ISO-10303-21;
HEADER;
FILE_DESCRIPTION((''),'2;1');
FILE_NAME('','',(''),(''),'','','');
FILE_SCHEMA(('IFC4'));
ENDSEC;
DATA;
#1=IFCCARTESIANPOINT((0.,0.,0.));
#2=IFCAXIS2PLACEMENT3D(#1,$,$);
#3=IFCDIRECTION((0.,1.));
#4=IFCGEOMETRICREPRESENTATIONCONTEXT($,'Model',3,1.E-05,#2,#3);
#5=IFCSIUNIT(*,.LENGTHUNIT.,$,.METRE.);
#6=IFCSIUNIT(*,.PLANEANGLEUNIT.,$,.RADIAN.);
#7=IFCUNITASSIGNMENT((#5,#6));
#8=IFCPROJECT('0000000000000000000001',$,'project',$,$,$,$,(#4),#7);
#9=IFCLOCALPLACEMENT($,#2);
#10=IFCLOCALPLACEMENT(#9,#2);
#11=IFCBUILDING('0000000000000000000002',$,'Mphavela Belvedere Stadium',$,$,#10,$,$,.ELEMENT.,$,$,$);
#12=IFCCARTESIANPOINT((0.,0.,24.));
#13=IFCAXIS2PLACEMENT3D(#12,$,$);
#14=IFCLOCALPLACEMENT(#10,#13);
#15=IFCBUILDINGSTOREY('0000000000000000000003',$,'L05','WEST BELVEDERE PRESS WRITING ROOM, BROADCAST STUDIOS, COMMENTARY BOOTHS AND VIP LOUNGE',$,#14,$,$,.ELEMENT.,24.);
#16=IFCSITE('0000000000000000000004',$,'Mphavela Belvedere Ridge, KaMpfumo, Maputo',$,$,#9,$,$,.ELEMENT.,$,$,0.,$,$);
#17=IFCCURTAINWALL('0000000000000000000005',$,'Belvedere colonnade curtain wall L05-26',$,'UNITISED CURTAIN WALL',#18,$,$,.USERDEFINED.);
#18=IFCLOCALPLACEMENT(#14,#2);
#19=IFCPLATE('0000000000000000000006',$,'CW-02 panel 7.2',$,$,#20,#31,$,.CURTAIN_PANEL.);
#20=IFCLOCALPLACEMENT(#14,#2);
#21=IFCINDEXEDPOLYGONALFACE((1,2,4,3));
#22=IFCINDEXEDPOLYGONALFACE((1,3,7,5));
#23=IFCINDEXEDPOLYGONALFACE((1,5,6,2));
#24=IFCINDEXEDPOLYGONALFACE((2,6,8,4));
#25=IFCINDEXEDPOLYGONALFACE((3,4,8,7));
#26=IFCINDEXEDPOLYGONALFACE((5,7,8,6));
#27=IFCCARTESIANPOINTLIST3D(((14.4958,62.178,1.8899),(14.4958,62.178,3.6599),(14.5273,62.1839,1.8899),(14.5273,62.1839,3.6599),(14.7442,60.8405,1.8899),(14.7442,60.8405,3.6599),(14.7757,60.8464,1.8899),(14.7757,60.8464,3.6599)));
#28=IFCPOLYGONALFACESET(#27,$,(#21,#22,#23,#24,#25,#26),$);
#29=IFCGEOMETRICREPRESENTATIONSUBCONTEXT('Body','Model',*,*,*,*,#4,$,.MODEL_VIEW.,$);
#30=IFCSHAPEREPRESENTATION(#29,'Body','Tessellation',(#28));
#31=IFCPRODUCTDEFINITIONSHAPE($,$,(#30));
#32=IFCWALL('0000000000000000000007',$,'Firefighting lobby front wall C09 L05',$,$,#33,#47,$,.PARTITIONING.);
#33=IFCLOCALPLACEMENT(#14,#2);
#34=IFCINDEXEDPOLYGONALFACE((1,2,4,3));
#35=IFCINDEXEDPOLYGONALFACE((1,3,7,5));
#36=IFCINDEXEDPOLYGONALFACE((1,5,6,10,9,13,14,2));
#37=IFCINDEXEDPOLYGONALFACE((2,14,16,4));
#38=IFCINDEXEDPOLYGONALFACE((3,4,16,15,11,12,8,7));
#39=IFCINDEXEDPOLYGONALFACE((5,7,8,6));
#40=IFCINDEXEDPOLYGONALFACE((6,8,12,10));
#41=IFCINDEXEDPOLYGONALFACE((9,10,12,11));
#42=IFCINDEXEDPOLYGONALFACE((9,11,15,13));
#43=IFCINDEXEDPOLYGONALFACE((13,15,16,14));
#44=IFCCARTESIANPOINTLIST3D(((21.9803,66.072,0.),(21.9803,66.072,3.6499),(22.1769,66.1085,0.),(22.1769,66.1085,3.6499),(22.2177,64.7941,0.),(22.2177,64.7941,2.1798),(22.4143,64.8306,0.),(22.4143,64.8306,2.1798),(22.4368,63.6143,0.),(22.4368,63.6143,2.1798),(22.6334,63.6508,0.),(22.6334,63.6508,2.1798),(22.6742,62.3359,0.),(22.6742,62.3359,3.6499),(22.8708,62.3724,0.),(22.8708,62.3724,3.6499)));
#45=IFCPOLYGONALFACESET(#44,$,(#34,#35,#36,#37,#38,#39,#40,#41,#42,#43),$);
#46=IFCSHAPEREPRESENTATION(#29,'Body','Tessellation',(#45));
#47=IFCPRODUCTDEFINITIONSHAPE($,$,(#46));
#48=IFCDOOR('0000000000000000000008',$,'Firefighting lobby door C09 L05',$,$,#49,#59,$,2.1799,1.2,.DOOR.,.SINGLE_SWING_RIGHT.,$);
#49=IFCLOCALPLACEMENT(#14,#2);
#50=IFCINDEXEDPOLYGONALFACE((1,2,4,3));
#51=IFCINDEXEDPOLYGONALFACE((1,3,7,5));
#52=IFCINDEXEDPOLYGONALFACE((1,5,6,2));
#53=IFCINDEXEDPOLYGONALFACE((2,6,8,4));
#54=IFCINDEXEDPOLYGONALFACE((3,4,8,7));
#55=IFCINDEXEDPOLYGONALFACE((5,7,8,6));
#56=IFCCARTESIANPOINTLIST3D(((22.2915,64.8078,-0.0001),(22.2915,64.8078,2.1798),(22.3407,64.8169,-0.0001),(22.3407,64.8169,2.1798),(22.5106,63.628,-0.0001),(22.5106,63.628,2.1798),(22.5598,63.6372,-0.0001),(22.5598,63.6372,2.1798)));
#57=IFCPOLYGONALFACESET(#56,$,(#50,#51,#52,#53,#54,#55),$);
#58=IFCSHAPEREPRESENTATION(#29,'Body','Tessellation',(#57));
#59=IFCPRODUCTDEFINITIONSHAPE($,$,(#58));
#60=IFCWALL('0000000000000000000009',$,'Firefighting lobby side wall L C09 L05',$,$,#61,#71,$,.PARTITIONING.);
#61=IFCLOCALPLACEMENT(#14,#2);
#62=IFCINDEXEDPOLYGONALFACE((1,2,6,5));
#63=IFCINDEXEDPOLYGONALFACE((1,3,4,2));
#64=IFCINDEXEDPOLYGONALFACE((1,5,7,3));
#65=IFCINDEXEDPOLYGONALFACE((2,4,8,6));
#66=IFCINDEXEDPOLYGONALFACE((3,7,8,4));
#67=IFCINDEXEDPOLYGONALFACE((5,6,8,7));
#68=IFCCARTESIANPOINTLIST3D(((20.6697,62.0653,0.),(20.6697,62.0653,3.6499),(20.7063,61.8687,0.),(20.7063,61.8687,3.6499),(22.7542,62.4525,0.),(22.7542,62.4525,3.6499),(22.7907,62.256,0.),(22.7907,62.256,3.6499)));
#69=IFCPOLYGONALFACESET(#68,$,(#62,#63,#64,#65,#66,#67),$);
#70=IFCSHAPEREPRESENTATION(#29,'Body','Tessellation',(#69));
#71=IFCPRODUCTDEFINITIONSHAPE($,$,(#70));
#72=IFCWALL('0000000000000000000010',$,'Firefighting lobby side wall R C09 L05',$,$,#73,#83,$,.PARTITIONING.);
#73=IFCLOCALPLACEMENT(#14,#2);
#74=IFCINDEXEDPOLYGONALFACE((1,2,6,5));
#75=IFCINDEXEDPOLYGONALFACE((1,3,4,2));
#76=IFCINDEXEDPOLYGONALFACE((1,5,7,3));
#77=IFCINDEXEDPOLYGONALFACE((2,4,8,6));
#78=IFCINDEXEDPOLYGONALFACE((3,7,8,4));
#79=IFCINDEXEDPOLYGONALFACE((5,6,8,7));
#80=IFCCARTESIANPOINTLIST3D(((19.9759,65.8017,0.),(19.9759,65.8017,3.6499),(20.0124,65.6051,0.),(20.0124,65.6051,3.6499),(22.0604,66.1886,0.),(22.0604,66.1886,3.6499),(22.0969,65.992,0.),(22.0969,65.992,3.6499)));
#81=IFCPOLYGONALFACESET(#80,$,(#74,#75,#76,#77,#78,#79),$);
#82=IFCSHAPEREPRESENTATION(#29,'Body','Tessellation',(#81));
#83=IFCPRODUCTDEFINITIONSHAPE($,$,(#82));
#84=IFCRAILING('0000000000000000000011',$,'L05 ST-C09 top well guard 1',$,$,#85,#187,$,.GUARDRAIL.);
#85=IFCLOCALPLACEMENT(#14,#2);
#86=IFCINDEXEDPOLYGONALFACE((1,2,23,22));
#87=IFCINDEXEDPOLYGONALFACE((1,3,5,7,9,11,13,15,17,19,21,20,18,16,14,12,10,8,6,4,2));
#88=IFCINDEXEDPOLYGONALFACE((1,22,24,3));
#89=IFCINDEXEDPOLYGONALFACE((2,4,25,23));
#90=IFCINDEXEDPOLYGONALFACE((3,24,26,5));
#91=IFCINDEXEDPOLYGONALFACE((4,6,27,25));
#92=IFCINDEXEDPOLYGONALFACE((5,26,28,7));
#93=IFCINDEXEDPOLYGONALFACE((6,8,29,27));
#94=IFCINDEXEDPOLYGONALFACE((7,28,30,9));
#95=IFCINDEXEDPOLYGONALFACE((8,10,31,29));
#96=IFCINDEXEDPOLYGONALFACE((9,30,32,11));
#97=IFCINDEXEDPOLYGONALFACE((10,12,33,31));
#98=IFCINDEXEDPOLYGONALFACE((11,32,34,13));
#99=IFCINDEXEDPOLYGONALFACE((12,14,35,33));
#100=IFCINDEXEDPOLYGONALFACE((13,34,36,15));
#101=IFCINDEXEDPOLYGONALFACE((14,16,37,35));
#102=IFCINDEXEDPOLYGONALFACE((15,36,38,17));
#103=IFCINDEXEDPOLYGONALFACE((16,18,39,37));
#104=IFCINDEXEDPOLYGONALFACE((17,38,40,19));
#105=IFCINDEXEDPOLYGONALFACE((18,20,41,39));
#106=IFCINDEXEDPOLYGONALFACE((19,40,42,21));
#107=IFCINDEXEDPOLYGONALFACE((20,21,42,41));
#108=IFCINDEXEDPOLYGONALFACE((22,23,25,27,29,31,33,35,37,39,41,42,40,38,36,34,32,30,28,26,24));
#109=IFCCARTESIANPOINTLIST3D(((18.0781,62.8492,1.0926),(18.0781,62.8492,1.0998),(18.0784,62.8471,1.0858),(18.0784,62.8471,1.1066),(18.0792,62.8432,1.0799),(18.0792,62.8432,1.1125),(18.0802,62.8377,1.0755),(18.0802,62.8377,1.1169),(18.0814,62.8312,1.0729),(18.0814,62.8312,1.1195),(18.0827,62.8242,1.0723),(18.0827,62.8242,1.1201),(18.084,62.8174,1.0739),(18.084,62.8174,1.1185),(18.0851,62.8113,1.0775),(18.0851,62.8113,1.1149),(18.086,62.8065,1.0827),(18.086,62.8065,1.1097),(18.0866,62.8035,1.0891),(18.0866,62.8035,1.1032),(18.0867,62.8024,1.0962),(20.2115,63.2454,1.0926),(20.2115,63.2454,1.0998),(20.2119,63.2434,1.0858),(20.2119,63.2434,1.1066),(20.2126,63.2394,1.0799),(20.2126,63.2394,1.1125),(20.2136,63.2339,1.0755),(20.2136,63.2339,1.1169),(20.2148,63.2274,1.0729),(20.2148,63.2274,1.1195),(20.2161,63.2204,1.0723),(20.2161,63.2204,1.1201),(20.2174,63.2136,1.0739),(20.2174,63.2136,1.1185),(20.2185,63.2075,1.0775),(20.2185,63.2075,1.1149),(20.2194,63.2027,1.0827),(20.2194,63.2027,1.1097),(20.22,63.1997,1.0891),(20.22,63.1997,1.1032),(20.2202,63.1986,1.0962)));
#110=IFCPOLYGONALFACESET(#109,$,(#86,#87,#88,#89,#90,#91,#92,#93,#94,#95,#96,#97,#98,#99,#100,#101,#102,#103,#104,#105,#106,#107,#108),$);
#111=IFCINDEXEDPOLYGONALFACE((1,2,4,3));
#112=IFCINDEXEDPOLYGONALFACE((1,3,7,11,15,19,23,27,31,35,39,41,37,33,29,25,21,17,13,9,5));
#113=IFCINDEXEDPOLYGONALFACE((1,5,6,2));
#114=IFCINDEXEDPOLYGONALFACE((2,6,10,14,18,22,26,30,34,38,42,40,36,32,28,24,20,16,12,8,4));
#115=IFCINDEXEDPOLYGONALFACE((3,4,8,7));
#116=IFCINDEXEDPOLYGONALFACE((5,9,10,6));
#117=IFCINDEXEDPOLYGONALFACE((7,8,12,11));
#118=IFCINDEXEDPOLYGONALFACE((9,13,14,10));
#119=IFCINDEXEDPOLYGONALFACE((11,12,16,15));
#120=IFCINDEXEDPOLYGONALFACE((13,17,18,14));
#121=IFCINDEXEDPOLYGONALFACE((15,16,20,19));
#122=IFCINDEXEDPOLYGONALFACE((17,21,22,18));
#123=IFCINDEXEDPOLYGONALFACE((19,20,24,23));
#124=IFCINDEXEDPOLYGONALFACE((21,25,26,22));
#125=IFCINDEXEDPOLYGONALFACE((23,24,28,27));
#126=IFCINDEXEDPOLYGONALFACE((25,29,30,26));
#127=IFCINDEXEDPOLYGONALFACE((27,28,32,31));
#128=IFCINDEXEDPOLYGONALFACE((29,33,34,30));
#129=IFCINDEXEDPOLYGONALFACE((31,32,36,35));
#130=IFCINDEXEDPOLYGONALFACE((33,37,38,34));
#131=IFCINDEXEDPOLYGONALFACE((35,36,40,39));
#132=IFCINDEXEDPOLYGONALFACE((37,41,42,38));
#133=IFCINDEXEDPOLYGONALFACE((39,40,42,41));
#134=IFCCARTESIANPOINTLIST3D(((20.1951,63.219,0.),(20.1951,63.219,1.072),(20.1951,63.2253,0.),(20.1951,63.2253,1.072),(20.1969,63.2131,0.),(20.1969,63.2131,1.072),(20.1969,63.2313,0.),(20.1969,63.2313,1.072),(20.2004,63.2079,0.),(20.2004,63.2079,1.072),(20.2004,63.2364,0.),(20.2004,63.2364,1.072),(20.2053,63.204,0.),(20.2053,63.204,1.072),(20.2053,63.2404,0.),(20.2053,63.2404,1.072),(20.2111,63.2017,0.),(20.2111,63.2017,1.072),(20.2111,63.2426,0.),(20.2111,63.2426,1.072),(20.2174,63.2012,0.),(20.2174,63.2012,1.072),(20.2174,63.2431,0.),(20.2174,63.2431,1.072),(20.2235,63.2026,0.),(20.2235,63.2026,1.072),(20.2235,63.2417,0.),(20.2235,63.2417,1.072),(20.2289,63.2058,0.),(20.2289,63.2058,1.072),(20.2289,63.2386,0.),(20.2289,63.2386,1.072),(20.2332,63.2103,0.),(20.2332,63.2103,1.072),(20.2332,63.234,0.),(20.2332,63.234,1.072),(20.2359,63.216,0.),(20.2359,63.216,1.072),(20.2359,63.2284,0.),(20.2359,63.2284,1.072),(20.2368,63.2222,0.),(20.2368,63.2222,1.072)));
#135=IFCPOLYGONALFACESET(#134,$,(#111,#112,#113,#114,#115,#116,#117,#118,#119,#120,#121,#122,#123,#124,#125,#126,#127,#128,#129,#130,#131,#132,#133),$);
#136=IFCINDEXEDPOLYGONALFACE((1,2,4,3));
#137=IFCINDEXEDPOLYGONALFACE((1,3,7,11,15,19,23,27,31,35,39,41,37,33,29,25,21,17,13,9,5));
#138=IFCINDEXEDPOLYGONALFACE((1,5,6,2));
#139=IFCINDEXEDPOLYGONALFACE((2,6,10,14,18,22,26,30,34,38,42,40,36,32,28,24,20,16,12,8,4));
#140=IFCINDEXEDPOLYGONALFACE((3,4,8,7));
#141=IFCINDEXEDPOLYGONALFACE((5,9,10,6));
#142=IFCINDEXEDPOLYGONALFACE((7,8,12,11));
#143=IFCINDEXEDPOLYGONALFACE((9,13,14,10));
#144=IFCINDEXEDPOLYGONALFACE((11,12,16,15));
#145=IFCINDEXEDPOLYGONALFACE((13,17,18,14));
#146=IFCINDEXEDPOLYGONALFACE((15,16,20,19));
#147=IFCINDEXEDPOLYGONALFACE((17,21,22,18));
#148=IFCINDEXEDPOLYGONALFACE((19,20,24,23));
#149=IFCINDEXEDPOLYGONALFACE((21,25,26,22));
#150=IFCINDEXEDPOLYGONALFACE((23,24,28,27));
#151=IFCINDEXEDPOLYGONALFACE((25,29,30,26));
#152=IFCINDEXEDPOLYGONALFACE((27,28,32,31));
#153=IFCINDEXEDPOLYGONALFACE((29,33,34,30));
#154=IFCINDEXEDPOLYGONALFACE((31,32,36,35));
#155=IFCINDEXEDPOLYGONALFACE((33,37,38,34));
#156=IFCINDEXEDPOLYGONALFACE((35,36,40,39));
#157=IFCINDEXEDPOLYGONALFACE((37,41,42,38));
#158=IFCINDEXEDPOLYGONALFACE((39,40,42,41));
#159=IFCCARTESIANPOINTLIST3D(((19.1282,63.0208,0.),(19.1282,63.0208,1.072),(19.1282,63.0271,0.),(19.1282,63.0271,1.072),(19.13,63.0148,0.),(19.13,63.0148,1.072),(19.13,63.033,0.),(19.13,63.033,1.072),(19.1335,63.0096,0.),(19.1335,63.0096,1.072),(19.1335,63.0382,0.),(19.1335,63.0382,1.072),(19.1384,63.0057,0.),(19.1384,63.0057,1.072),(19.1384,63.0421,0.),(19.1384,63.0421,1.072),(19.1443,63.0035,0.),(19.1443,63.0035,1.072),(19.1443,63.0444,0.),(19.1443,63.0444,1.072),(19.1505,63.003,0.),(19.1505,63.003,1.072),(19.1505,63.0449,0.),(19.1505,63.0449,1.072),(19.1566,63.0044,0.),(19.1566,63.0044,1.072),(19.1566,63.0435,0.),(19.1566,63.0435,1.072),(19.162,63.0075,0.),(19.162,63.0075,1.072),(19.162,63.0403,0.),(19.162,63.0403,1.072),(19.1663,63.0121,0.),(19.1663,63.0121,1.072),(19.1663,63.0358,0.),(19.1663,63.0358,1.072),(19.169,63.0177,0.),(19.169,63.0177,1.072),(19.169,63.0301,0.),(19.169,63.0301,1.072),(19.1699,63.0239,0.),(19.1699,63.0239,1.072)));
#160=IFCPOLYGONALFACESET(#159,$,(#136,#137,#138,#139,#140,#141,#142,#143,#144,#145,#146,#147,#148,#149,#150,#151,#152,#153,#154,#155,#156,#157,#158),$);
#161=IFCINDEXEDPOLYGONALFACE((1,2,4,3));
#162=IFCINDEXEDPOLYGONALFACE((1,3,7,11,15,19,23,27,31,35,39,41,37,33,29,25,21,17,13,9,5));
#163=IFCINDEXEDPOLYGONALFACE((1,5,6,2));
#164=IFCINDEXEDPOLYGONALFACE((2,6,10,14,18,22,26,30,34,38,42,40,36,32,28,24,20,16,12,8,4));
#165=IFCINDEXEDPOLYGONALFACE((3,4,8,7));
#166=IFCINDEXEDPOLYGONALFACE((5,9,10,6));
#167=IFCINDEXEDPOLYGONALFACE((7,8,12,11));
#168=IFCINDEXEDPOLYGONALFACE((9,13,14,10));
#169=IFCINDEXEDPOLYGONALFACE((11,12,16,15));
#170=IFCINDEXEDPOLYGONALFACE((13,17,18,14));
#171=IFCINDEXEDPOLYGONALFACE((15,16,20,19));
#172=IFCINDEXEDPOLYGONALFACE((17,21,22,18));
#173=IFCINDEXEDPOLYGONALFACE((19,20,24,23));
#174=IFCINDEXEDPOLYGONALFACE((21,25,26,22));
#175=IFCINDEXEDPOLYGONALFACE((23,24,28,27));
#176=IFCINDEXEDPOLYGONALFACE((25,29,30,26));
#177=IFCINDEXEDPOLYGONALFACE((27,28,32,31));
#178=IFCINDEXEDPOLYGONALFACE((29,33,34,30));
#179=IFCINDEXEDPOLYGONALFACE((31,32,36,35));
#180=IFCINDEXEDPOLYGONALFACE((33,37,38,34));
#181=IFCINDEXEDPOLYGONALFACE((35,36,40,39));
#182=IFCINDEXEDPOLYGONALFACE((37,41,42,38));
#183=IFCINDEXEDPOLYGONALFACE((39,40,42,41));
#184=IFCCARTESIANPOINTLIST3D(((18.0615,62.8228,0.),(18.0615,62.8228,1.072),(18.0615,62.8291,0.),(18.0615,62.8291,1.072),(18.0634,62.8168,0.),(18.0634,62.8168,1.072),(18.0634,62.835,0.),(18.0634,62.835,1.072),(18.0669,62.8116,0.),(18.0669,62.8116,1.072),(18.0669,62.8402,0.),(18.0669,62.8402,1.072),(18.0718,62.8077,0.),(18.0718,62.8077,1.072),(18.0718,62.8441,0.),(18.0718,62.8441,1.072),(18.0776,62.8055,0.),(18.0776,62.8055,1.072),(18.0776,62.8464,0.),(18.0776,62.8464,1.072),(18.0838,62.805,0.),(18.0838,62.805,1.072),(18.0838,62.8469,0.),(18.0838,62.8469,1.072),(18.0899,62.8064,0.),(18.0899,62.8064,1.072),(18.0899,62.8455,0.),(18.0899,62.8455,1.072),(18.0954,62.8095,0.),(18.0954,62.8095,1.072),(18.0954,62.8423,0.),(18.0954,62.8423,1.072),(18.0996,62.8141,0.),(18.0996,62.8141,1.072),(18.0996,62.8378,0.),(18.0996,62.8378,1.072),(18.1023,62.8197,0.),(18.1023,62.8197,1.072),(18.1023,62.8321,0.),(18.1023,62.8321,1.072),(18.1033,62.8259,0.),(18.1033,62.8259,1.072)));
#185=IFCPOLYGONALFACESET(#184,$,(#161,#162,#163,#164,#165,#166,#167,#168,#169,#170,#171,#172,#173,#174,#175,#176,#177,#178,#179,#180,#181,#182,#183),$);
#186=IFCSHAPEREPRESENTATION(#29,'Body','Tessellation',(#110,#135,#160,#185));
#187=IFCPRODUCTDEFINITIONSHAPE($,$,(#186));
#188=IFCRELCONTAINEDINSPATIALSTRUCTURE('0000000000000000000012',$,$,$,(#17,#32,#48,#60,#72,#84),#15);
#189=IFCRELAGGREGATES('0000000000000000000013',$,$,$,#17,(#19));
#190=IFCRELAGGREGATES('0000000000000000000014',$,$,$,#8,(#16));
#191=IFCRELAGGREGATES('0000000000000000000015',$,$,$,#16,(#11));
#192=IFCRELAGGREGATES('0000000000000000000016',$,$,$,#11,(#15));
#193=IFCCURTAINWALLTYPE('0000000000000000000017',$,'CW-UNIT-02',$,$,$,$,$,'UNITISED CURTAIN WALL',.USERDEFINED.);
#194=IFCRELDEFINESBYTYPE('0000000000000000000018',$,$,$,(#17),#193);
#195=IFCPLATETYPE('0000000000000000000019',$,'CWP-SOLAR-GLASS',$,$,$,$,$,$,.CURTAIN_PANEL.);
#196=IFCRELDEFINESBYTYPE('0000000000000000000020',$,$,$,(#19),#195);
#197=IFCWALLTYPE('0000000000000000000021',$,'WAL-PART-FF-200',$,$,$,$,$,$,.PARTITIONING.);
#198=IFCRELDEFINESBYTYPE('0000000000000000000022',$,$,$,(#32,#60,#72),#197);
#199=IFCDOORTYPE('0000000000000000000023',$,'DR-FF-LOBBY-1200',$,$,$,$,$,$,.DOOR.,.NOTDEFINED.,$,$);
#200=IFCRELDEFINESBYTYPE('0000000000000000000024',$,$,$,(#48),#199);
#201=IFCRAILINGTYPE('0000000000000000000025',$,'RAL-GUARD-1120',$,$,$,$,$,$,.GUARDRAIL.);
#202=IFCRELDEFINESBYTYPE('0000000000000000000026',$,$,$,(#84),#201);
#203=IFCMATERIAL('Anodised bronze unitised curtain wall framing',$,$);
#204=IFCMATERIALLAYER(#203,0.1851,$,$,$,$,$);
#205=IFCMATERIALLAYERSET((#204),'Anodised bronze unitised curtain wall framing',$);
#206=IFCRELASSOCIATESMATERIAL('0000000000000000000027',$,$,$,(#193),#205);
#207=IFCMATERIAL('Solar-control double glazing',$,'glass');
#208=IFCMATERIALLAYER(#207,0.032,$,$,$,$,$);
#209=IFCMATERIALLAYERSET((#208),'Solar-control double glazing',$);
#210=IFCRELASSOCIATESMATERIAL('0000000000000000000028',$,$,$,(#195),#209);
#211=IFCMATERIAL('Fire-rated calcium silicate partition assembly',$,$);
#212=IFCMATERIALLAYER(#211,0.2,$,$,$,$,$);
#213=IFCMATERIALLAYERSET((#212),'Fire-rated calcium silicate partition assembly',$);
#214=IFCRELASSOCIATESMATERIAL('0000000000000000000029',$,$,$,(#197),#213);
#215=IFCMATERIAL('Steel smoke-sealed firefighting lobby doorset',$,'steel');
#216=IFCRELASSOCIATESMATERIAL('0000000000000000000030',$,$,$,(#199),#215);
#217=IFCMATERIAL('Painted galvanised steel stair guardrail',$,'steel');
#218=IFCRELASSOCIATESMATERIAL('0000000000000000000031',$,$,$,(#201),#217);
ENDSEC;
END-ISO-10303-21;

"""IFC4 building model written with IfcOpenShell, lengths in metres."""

from ifc_helpers import new_model, si_unit, direction, frame, frame_2d, origin, origin_2d, place, context, subcontext, project, spatial, rectangle, circle, extrude, material, layer, layer_set, type_object, element, fill, aggregate, save


model = new_model("IFC4")

# Units and contexts
model_context = context("Model", 3, precision=1e-05, world=origin(), true_north=direction((0.0, 1.0)))
body_context = subcontext(model_context, "Body", "Model", "MODEL_VIEW")
ifc_project = project(units=[si_unit("LENGTHUNIT", "METRE"), si_unit("PLANEANGLEUNIT", "RADIAN")], contexts=[model_context])

# Site, building, storey
site_placement = place(None, origin())
site = spatial("IfcSite", under=ifc_project, at=site_placement, Name="Mphavela Belvedere Ridge, KaMpfumo, Maputo", CompositionType="ELEMENT", RefElevation=0.0)
building_placement = place(site_placement, origin())
building = spatial("IfcBuilding", under=site, at=building_placement, Name="Mphavela Belvedere Stadium", CompositionType="ELEMENT")
storey_placement = place(building_placement, frame((0.0, 0.0, 24.0)))
storey = spatial("IfcBuildingStorey", under=building, at=storey_placement, Name="L05", Description="WEST BELVEDERE PRESS WRITING ROOM, BROADCAST STUDIOS, COMMENTARY BOOTHS AND VIP LOUNGE", CompositionType="ELEMENT", Elevation=24.0)

# Curtain wall, plate
ifc_material_1 = material(Name="Anodised bronze unitised curtain wall framing")
ifc_layer_1 = layer(ifc_material_1, 0.1851)
ifc_layer_set_1 = layer_set([ifc_layer_1], Name="Anodised bronze unitised curtain wall framing")
curtain_wall_type = type_object("IfcCurtainWallType", Name="CW-UNIT-02", ElementType="UNITISED CURTAIN WALL", PredefinedType="USERDEFINED", material=ifc_layer_set_1)
curtain_wall_placement = place(storey_placement, origin())
curtain_wall = element("IfcCurtainWall", 1, at=curtain_wall_placement, inside=storey, type_object=curtain_wall_type, Name="Belvedere colonnade curtain wall L05-26", ObjectType="UNITISED CURTAIN WALL", PredefinedType="USERDEFINED")
ifc_material_2 = material(Name="Solar-control double glazing", Category="glass")
ifc_layer_2 = layer(ifc_material_2, 0.032)
ifc_layer_set_2 = layer_set([ifc_layer_2], Name="Solar-control double glazing")
plate_type = type_object("IfcPlateType", Name="CWP-SOLAR-GLASS", PredefinedType="CURTAIN_PANEL", material=ifc_layer_set_2)
plate_1_placement = place(storey_placement, frame((14.6357, 61.5122, 1.8899), z_axis=(0.0, 0.0, 1.0), x_axis=(0.182618, -0.983184, 0.0)))
plate_1 = element("IfcPlate", 2, at=plate_1_placement, type_object=plate_type, Name="CW-02 panel 7.2", PredefinedType="CURTAIN_PANEL", context=body_context, shape_type="SweptSolid", body=[
    extrude(rectangle(XDim=1.3604, YDim=0.032, at=origin_2d()), origin(), (0.0, 0.0, 1.0), 1.77),
])
aggregate(curtain_wall, [plate_1])

# Wall, opening, door
ifc_material_3 = material(Name="Fire-rated calcium silicate partition assembly")
ifc_layer_3 = layer(ifc_material_3, 0.2)
ifc_layer_set_3 = layer_set([ifc_layer_3], Name="Fire-rated calcium silicate partition assembly")
wall_type = type_object("IfcWallType", Name="WAL-PART-FF-200", PredefinedType="PARTITIONING", material=ifc_layer_set_3)
wall_placement = place(storey_placement, frame((22.7725, 62.3542, 0.0), z_axis=(0.0, 0.0, 1.0), x_axis=(-0.182593, 0.983189, 0.0)))
wall = element("IfcWall", 3, at=wall_placement, inside=storey, type_object=wall_type, Name="Firefighting lobby front wall C09 L05", PredefinedType="PARTITIONING", context=body_context, shape_type="SweptSolid", body=[
    extrude(rectangle(XDim=3.8, YDim=0.2, at=frame_2d((1.8999, 0.0))), origin(), (0.0, 0.0, 1.0), 3.6499),
])
opening_placement = place(wall_placement, frame((1.3, 0.0, 0.0)))
opening = element("IfcOpeningElement", 4, at=opening_placement, cuts=wall, PredefinedType="OPENING", context=body_context, shape_type="SweptSolid", body=[
    extrude(rectangle(XDim=1.2, YDim=2.1799, at=frame_2d((0.6001, 1.0898))), frame((0.0, 0.1099, 0.0), z_axis=(0.0, -1.0, 0.0), x_axis=(1.0, 0.0, 0.0)), (0.0, 0.0, 1.0), 0.22),
])
ifc_material_4 = material(Name="Steel smoke-sealed firefighting lobby doorset", Category="steel")
door_type = type_object("IfcDoorType", Name="DR-FF-LOBBY-1200", OperationType="NOTDEFINED", PredefinedType="DOOR", material=ifc_material_4)
door_placement = place(opening_placement, origin())
door = element("IfcDoor", 5, at=door_placement, inside=storey, type_object=door_type, Name="Firefighting lobby door C09 L05", OperationType="SINGLE_SWING_RIGHT", OverallHeight=2.1799, OverallWidth=1.2, PredefinedType="DOOR", context=body_context, shape_type="SweptSolid", body=[
    extrude(rectangle(XDim=1.2, YDim=2.1799, at=frame_2d((0.6001, 1.0898))), frame((0.0, 0.0249, 0.0), z_axis=(0.0, -1.0, 0.0), x_axis=(1.0, 0.0, 0.0)), (0.0, 0.0, 1.0), 0.05),
])
fill(opening, door)

# Walls
for number, where, z_axis, x_axis, name in (
    (6, (22.7725, 62.3542, 0.0), (0.0, 0.0, 1.0), (-0.983181, -0.182634, 0.0), "Firefighting lobby side wall L C09 L05"),
    (7, (22.0786, 66.0903, 0.0), (0.0, 0.0, 1.0), (-0.983202, -0.182522, 0.0), "Firefighting lobby side wall R C09 L05"),
):
    element("IfcWall", number, at=place(storey_placement, frame(where, z_axis=z_axis, x_axis=x_axis)), inside=storey, type_object=wall_type, Name=name, PredefinedType="PARTITIONING", context=body_context, shape_type="SweptSolid", body=[
        extrude(rectangle(XDim=2.1201, YDim=0.2, at=frame_2d((1.0601, 0.0))), origin(), (0.0, 0.0, 1.0), 3.6499),
    ])

# Railing
ifc_material_5 = material(Name="Painted galvanised steel stair guardrail", Category="steel")
railing_type = type_object("IfcRailingType", Name="RAL-GUARD-1120", PredefinedType="GUARDRAIL", material=ifc_material_5)
railing_placement = place(storey_placement, frame((20.2158, 63.2222, 0.0)))
element("IfcRailing", 8, at=railing_placement, inside=storey, type_object=railing_type, Name="L05 ST-C09 top well guard 1", PredefinedType="GUARDRAIL", context=body_context, shape_type="SweptSolid", body=[
    extrude(circle(Radius=0.0239, at=origin_2d()), frame((0.0, 0.0, 1.0962), z_axis=(-0.983188, -0.182597, 0.0), x_axis=(0.182597, -0.983188, 0.0)), (0.0, 0.0, 1.0), 2.1699),
    extrude(circle(Radius=0.021, at=origin_2d()), origin(), (0.0, 0.0, 1.0), 1.072),
    extrude(circle(Radius=0.021, at=origin_2d()), frame((-1.0669, -0.1982, 0.0)), (0.0, 0.0, 1.0), 1.072),
    extrude(circle(Radius=0.021, at=origin_2d()), frame((-2.1335, -0.3962, 0.0)), (0.0, 0.0, 1.0), 1.072),
])

save(model, "model.ifc")
